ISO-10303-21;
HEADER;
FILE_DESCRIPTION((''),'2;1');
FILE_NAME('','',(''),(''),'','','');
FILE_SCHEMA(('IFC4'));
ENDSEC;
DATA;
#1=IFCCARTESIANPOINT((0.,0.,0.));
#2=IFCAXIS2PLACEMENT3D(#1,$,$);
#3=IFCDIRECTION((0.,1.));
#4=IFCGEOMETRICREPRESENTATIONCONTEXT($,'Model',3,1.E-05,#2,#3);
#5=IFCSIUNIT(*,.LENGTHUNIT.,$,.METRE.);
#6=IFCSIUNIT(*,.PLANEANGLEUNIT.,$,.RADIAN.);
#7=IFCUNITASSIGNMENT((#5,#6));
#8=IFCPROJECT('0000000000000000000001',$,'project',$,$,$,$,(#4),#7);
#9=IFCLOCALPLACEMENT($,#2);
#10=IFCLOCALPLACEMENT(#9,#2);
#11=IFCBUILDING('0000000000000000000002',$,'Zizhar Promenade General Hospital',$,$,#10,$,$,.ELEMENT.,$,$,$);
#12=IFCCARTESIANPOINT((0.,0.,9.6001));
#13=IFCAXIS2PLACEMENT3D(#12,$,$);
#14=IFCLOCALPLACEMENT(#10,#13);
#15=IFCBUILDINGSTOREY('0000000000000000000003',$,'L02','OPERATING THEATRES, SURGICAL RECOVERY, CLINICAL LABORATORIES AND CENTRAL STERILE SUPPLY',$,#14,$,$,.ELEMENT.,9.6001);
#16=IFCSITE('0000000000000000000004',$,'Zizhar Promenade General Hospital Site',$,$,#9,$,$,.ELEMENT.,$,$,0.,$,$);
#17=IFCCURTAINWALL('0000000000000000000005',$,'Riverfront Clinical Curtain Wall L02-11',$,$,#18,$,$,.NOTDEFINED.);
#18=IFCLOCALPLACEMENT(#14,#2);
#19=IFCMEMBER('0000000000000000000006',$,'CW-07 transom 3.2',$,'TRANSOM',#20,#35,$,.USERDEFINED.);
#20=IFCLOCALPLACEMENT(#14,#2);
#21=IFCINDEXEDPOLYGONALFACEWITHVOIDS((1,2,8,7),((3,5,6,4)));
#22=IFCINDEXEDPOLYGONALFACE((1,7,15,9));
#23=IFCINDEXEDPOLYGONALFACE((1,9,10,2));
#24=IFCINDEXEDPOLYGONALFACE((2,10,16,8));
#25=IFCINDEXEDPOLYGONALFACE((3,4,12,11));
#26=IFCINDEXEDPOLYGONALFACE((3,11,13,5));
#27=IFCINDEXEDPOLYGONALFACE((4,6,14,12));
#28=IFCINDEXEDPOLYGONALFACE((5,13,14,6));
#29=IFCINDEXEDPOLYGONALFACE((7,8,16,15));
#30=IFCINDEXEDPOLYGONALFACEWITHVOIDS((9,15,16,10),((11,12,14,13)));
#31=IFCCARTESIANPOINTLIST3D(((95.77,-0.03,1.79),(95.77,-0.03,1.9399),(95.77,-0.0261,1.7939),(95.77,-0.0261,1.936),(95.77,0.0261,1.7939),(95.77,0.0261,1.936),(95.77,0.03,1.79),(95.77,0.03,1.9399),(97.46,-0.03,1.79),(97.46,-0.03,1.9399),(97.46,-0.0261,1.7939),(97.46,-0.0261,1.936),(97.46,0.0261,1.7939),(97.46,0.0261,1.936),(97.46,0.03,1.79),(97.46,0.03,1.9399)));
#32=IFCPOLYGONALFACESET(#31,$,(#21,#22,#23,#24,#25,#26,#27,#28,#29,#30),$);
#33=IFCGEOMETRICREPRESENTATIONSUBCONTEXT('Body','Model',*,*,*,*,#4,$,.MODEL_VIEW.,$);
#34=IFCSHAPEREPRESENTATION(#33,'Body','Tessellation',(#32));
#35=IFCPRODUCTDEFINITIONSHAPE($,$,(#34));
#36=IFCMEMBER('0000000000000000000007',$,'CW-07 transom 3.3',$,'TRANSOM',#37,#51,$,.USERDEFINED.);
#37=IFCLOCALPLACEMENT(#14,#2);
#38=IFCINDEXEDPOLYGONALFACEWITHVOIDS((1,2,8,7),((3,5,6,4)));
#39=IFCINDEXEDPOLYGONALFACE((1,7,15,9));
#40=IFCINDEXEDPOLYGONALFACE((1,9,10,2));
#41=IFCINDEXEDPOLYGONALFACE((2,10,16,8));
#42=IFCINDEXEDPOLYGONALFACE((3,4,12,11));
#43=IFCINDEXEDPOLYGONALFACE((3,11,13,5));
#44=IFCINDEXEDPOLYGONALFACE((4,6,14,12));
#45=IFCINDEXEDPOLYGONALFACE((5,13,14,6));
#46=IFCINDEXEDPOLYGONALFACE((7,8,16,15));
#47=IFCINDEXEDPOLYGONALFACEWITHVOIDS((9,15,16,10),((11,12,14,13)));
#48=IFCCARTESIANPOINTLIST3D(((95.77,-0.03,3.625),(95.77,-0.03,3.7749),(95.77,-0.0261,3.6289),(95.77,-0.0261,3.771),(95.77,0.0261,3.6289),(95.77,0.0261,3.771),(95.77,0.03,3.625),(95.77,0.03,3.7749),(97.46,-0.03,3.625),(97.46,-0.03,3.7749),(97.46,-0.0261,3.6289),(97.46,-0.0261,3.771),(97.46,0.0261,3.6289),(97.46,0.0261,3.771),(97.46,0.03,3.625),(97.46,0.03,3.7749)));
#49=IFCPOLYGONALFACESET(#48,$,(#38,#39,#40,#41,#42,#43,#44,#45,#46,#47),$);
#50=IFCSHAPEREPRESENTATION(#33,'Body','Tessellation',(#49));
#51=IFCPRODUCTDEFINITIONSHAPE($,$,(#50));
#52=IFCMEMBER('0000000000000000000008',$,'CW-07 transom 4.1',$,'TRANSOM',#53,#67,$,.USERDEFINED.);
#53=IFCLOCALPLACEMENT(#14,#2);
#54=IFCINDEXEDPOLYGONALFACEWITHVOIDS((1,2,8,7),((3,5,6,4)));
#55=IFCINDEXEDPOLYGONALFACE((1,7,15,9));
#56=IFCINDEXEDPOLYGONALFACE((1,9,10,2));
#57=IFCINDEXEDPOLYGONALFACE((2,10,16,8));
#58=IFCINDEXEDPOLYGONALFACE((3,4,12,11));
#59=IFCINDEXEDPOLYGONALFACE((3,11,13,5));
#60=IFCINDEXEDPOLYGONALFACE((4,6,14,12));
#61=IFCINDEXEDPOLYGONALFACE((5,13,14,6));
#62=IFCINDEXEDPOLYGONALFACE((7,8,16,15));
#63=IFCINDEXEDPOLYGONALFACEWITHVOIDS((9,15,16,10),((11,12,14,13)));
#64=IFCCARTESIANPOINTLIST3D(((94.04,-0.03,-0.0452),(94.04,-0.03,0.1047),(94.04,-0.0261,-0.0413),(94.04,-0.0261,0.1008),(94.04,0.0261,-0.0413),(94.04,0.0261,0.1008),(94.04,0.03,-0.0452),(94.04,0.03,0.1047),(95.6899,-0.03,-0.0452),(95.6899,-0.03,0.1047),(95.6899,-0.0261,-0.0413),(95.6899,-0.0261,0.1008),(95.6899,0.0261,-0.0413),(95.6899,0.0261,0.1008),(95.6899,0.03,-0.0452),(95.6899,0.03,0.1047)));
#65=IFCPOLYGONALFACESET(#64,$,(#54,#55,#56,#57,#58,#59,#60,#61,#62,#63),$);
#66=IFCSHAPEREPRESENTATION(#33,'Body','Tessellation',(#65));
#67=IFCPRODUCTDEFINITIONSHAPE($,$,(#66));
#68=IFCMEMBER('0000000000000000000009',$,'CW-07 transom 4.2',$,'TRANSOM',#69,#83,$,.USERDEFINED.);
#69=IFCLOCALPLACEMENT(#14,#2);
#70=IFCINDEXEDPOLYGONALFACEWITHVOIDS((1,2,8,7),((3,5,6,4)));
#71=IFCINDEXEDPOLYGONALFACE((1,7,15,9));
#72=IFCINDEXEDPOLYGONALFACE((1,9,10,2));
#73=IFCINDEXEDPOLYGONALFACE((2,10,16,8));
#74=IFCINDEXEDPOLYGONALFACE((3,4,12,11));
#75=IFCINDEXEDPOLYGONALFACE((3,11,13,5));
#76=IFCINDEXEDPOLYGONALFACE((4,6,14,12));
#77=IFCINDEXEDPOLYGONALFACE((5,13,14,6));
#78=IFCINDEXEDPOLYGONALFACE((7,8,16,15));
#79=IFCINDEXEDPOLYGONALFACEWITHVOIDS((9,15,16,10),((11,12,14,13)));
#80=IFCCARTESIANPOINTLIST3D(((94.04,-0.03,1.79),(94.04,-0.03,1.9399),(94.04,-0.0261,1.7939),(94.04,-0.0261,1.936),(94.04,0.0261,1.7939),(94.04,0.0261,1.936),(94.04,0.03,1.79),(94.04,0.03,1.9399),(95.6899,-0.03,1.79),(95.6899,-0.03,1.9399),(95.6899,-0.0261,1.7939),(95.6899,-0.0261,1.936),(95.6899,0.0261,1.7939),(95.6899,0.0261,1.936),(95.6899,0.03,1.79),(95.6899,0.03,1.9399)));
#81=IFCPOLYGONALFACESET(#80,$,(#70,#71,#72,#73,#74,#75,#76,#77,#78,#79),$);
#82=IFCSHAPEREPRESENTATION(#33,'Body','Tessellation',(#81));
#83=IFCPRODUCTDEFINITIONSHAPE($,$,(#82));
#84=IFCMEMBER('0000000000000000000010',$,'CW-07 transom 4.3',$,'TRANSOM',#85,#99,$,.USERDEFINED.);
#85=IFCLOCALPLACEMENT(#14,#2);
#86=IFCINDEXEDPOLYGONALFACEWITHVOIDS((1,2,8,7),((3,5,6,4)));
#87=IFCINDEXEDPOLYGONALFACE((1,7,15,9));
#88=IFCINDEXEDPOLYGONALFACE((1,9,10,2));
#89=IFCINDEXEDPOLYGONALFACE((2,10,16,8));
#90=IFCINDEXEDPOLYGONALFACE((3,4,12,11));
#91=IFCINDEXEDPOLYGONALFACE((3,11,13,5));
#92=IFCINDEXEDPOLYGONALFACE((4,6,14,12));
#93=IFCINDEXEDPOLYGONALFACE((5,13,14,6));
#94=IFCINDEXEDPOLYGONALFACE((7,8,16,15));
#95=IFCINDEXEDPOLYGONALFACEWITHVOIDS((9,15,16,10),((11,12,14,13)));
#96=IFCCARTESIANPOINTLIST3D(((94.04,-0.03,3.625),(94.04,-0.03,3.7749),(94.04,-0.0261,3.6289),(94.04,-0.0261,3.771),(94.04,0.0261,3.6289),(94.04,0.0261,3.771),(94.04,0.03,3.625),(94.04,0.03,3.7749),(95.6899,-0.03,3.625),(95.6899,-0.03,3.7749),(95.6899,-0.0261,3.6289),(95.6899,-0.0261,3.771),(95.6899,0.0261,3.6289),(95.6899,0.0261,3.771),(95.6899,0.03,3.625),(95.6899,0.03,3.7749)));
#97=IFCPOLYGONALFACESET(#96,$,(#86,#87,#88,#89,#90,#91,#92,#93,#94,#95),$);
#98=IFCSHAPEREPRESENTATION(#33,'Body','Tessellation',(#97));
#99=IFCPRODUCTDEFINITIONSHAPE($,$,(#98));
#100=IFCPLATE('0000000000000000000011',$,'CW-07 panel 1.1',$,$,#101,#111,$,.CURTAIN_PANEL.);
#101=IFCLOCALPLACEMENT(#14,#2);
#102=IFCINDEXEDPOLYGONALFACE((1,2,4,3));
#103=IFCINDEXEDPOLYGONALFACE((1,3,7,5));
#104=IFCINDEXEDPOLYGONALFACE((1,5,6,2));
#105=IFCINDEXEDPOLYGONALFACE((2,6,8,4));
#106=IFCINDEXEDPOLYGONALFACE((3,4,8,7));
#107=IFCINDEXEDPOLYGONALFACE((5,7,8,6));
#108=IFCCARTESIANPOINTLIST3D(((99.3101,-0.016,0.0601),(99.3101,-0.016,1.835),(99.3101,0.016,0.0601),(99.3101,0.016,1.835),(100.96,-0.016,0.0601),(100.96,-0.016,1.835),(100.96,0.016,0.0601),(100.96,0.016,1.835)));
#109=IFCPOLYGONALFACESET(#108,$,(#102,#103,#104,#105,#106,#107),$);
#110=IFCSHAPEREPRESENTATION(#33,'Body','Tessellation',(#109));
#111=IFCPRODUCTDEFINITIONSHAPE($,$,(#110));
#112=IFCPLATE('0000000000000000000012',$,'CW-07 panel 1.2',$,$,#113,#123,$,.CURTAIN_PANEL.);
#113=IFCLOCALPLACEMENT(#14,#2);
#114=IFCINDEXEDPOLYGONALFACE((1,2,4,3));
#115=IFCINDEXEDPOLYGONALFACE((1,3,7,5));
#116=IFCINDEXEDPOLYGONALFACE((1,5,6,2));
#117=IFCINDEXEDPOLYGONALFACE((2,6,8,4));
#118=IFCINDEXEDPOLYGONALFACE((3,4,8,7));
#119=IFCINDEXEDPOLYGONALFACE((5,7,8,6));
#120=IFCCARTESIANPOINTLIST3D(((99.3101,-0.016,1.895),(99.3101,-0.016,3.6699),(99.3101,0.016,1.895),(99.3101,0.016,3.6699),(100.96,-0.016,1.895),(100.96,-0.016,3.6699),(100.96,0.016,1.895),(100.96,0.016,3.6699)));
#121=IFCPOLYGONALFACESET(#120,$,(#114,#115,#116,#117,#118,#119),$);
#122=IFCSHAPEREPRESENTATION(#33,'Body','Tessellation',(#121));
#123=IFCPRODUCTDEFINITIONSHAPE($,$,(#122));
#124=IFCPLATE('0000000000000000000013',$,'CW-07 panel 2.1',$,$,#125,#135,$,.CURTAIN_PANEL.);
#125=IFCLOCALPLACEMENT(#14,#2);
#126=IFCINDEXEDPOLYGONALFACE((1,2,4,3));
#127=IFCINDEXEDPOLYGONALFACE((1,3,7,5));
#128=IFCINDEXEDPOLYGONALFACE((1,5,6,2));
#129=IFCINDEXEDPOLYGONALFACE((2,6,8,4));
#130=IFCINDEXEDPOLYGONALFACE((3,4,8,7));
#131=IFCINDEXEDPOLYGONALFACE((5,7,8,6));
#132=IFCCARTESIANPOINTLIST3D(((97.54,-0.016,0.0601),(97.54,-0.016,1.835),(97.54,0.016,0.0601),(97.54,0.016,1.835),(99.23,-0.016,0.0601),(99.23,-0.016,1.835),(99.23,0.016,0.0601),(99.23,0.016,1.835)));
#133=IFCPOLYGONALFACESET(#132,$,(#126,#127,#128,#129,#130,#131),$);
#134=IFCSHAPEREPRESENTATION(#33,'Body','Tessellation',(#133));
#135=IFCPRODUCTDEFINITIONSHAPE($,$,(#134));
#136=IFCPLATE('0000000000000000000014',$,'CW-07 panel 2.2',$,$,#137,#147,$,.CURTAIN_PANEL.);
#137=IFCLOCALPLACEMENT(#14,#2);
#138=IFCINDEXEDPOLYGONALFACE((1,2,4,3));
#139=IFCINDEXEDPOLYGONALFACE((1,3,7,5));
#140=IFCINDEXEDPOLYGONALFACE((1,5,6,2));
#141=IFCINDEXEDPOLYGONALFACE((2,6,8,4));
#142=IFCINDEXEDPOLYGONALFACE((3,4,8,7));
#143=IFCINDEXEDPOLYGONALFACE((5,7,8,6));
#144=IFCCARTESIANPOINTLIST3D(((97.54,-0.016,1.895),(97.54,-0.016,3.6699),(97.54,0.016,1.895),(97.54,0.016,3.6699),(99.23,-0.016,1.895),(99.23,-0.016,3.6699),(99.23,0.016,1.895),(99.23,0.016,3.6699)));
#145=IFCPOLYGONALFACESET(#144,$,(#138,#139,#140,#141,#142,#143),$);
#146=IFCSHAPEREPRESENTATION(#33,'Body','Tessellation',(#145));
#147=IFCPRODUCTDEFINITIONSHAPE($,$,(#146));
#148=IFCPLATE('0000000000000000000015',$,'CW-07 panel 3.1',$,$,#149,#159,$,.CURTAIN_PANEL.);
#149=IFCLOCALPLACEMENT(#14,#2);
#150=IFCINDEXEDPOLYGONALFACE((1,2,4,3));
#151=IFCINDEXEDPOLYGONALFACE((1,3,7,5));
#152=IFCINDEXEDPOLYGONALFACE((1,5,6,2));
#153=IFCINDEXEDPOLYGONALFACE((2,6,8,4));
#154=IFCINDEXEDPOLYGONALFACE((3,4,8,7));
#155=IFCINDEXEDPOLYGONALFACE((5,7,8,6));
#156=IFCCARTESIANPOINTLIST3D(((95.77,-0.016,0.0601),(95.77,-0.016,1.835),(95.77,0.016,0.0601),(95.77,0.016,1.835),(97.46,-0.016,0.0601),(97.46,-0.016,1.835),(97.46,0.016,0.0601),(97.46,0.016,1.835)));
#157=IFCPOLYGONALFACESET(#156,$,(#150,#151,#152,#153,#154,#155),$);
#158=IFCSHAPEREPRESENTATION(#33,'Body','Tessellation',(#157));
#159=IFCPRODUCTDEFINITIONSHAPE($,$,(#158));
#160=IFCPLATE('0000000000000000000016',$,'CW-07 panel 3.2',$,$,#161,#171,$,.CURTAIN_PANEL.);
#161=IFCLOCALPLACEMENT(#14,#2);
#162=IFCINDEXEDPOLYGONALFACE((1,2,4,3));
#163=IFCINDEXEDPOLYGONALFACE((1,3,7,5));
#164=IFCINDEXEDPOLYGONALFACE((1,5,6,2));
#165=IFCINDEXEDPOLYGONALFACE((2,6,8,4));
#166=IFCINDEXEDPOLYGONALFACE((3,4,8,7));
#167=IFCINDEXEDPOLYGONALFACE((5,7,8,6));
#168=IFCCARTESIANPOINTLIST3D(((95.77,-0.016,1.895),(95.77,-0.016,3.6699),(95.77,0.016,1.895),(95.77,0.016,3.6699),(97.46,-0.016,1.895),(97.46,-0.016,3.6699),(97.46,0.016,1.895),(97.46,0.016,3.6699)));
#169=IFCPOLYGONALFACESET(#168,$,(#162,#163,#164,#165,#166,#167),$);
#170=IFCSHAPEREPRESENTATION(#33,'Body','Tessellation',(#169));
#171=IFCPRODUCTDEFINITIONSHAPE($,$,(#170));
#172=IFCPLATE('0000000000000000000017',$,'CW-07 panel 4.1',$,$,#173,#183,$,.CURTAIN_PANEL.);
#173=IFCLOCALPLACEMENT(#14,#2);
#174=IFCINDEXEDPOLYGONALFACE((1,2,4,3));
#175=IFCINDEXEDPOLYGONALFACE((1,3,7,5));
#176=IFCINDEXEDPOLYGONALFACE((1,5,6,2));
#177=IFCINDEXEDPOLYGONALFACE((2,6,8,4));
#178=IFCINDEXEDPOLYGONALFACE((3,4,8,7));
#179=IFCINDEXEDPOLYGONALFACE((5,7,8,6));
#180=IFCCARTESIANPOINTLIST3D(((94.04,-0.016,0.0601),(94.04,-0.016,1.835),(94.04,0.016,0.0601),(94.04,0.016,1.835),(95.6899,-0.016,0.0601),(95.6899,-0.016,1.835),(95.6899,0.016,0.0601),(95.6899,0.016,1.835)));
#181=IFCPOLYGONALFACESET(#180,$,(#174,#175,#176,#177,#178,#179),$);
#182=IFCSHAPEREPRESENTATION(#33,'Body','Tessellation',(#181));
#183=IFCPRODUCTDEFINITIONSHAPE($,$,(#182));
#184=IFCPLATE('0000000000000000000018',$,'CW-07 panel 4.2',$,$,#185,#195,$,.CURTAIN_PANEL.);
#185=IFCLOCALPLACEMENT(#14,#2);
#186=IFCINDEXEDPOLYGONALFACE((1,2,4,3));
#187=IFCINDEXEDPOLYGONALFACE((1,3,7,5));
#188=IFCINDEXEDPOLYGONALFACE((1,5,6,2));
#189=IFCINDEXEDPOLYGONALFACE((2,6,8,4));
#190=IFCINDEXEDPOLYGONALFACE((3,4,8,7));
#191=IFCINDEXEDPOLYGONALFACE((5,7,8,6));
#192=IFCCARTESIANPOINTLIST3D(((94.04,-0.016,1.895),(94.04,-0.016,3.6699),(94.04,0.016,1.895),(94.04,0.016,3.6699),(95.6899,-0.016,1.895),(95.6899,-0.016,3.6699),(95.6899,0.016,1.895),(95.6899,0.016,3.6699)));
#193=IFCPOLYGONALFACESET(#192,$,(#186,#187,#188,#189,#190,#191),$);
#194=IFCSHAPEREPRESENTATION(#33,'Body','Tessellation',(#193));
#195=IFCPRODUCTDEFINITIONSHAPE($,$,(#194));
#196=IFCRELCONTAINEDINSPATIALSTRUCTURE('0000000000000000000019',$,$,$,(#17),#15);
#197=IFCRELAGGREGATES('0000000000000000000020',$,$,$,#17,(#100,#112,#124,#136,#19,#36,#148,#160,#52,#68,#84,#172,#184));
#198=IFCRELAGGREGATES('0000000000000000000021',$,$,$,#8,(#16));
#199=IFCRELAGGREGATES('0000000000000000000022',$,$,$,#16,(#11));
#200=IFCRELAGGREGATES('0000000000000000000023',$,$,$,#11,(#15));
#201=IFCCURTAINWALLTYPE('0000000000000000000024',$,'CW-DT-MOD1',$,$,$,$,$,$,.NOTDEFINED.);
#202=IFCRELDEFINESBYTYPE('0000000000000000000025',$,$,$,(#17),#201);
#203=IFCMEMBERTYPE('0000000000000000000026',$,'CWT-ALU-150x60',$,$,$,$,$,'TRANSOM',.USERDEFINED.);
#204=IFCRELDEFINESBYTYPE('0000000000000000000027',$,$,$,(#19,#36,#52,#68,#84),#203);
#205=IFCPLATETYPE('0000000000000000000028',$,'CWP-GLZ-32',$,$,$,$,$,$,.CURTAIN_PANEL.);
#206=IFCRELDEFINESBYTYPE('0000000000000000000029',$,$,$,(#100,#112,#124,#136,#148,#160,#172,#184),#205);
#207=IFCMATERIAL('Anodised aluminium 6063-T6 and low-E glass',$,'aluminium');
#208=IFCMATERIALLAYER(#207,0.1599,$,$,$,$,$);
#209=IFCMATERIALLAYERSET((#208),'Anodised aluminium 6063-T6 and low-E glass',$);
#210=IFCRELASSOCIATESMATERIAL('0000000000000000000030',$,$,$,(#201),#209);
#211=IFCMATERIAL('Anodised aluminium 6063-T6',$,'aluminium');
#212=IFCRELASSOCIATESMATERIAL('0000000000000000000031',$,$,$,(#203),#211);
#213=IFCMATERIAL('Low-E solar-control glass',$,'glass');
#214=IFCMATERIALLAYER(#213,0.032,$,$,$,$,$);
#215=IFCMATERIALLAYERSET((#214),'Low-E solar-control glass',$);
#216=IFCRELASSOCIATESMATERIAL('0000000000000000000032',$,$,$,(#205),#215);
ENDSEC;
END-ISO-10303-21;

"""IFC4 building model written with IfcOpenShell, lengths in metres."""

from ifc_helpers import new_model, si_unit, direction, frame, origin, origin_2d, place, context, subcontext, project, spatial, rectangle, hollow_rectangle, extrude, material, layer, layer_set, material_profile, profile_set, type_object, element, aggregate, save


model = new_model("IFC4")

# Units and contexts
model_context = context("Model", 3, precision=1e-05, world=origin(), true_north=direction((0.0, 1.0)))
body_context = subcontext(model_context, "Body", "Model", "MODEL_VIEW")
ifc_project = project(units=[si_unit("LENGTHUNIT", "METRE"), si_unit("PLANEANGLEUNIT", "RADIAN")], contexts=[model_context])

# Site, building, storey
site_placement = place(None, origin())
site = spatial("IfcSite", under=ifc_project, at=site_placement, Name="Zizhar Promenade General Hospital Site", CompositionType="ELEMENT", RefElevation=0.0)
building_placement = place(site_placement, origin())
building = spatial("IfcBuilding", under=site, at=building_placement, Name="Zizhar Promenade General Hospital", CompositionType="ELEMENT")
storey_placement = place(building_placement, frame((0.0, 0.0, 9.6001)))
storey = spatial("IfcBuildingStorey", under=building, at=storey_placement, Name="L02", Description="OPERATING THEATRES, SURGICAL RECOVERY, CLINICAL LABORATORIES AND CENTRAL STERILE SUPPLY", CompositionType="ELEMENT", Elevation=9.6001)

# Curtain wall, members, plates
ifc_material_1 = material(Name="Anodised aluminium 6063-T6 and low-E glass", Category="aluminium")
ifc_layer_1 = layer(ifc_material_1, 0.1599)
ifc_layer_set_1 = layer_set([ifc_layer_1], Name="Anodised aluminium 6063-T6 and low-E glass")
curtain_wall_type = type_object("IfcCurtainWallType", Name="CW-DT-MOD1", PredefinedType="NOTDEFINED", material=ifc_layer_set_1)
curtain_wall_placement = place(storey_placement, origin())
curtain_wall = element("IfcCurtainWall", 1, at=curtain_wall_placement, inside=storey, type_object=curtain_wall_type, Name="Riverfront Clinical Curtain Wall L02-11", PredefinedType="NOTDEFINED")
ifc_material_2 = material(Name="Anodised aluminium 6063-T6", Category="aluminium")
ifc_material_profile_1 = material_profile(ifc_material_2, hollow_rectangle(XDim=0.0601, YDim=0.1499, WallThickness=0.0039, at=origin_2d()))
ifc_profile_set_1 = profile_set([ifc_material_profile_1], Name="Anodised aluminium 6063-T6")
member_type_1 = type_object("IfcMemberType", Name="CWT-ALU-150x60", ElementType="TRANSOM", PredefinedType="USERDEFINED", material=ifc_profile_set_1)
member_1_placement = place(storey_placement, frame((97.46, 0.0, 1.865), z_axis=(-1.0, 0.0, 0.0), x_axis=(0.0, -1.0, 0.0)))
member_1 = element("IfcMember", 2, at=member_1_placement, type_object=member_type_1, Name="CW-07 transom 3.2", ObjectType="TRANSOM", PredefinedType="USERDEFINED", context=body_context, shape_type="SweptSolid", body=[
    extrude(hollow_rectangle(XDim=0.0601, YDim=0.1499, WallThickness=0.0039, at=origin_2d()), origin(), (0.0, 0.0, 1.0), 1.6899),
])
member_2_placement = place(storey_placement, frame((97.46, 0.0, 3.7), z_axis=(-1.0, 0.0, 0.0), x_axis=(0.0, -1.0, 0.0)))
member_2 = element("IfcMember", 3, at=member_2_placement, type_object=member_type_1, Name="CW-07 transom 3.3", ObjectType="TRANSOM", PredefinedType="USERDEFINED", context=body_context, shape_type="SweptSolid", body=[
    extrude(hollow_rectangle(XDim=0.0601, YDim=0.1499, WallThickness=0.0039, at=origin_2d()), origin(), (0.0, 0.0, 1.0), 1.6899),
])
member_3_placement = place(storey_placement, frame((95.6899, 0.0, 0.0298), z_axis=(-1.0, 0.0, 0.0), x_axis=(0.0, -1.0, 0.0)))
member_3 = element("IfcMember", 4, at=member_3_placement, type_object=member_type_1, Name="CW-07 transom 4.1", ObjectType="TRANSOM", PredefinedType="USERDEFINED", context=body_context, shape_type="SweptSolid", body=[
    extrude(hollow_rectangle(XDim=0.0601, YDim=0.1499, WallThickness=0.0039, at=origin_2d()), origin(), (0.0, 0.0, 1.0), 1.6499),
])
member_4_placement = place(storey_placement, frame((95.6899, 0.0, 1.865), z_axis=(-1.0, 0.0, 0.0), x_axis=(0.0, -1.0, 0.0)))
member_4 = element("IfcMember", 5, at=member_4_placement, type_object=member_type_1, Name="CW-07 transom 4.2", ObjectType="TRANSOM", PredefinedType="USERDEFINED", context=body_context, shape_type="SweptSolid", body=[
    extrude(hollow_rectangle(XDim=0.0601, YDim=0.1499, WallThickness=0.0039, at=origin_2d()), origin(), (0.0, 0.0, 1.0), 1.6499),
])
member_5_placement = place(storey_placement, frame((95.6899, 0.0, 3.7), z_axis=(-1.0, 0.0, 0.0), x_axis=(0.0, -1.0, 0.0)))
member_5 = element("IfcMember", 6, at=member_5_placement, type_object=member_type_1, Name="CW-07 transom 4.3", ObjectType="TRANSOM", PredefinedType="USERDEFINED", context=body_context, shape_type="SweptSolid", body=[
    extrude(hollow_rectangle(XDim=0.0601, YDim=0.1499, WallThickness=0.0039, at=origin_2d()), origin(), (0.0, 0.0, 1.0), 1.6499),
])
ifc_material_3 = material(Name="Low-E solar-control glass", Category="glass")
ifc_layer_2 = layer(ifc_material_3, 0.032)
ifc_layer_set_2 = layer_set([ifc_layer_2], Name="Low-E solar-control glass")
plate_type = type_object("IfcPlateType", Name="CWP-GLZ-32", PredefinedType="CURTAIN_PANEL", material=ifc_layer_set_2)
plate_1_placement = place(storey_placement, frame((100.135, 0.0, 0.0601), z_axis=(0.0, 0.0, 1.0), x_axis=(-1.0, 0.0, 0.0)))
plate_1 = element("IfcPlate", 7, at=plate_1_placement, type_object=plate_type, Name="CW-07 panel 1.1", PredefinedType="CURTAIN_PANEL", context=body_context, shape_type="SweptSolid", body=[
    extrude(rectangle(XDim=1.6499, YDim=0.032, at=origin_2d()), origin(), (0.0, 0.0, 1.0), 1.7749),
])
plate_2_placement = place(storey_placement, frame((100.135, 0.0, 1.895), z_axis=(0.0, 0.0, 1.0), x_axis=(-1.0, 0.0, 0.0)))
plate_2 = element("IfcPlate", 8, at=plate_2_placement, type_object=plate_type, Name="CW-07 panel 1.2", PredefinedType="CURTAIN_PANEL", context=body_context, shape_type="SweptSolid", body=[
    extrude(rectangle(XDim=1.6499, YDim=0.032, at=origin_2d()), origin(), (0.0, 0.0, 1.0), 1.7749),
])
plate_3_placement = place(storey_placement, frame((98.385, 0.0, 0.0601), z_axis=(0.0, 0.0, 1.0), x_axis=(-1.0, 0.0, 0.0)))
plate_3 = element("IfcPlate", 9, at=plate_3_placement, type_object=plate_type, Name="CW-07 panel 2.1", PredefinedType="CURTAIN_PANEL", context=body_context, shape_type="SweptSolid", body=[
    extrude(rectangle(XDim=1.6899, YDim=0.032, at=origin_2d()), origin(), (0.0, 0.0, 1.0), 1.7749),
])
plate_4_placement = place(storey_placement, frame((98.385, 0.0, 1.895), z_axis=(0.0, 0.0, 1.0), x_axis=(-1.0, 0.0, 0.0)))
plate_4 = element("IfcPlate", 10, at=plate_4_placement, type_object=plate_type, Name="CW-07 panel 2.2", PredefinedType="CURTAIN_PANEL", context=body_context, shape_type="SweptSolid", body=[
    extrude(rectangle(XDim=1.6899, YDim=0.032, at=origin_2d()), origin(), (0.0, 0.0, 1.0), 1.7749),
])
plate_5_placement = place(storey_placement, frame((96.615, 0.0, 0.0601), z_axis=(0.0, 0.0, 1.0), x_axis=(-1.0, 0.0, 0.0)))
plate_5 = element("IfcPlate", 11, at=plate_5_placement, type_object=plate_type, Name="CW-07 panel 3.1", PredefinedType="CURTAIN_PANEL", context=body_context, shape_type="SweptSolid", body=[
    extrude(rectangle(XDim=1.6899, YDim=0.032, at=origin_2d()), origin(), (0.0, 0.0, 1.0), 1.7749),
])
plate_6_placement = place(storey_placement, frame((96.615, 0.0, 1.895), z_axis=(0.0, 0.0, 1.0), x_axis=(-1.0, 0.0, 0.0)))
plate_6 = element("IfcPlate", 12, at=plate_6_placement, type_object=plate_type, Name="CW-07 panel 3.2", PredefinedType="CURTAIN_PANEL", context=body_context, shape_type="SweptSolid", body=[
    extrude(rectangle(XDim=1.6899, YDim=0.032, at=origin_2d()), origin(), (0.0, 0.0, 1.0), 1.7749),
])
plate_7_placement = place(storey_placement, frame((94.865, 0.0, 0.0601), z_axis=(0.0, 0.0, 1.0), x_axis=(-1.0, 0.0, 0.0)))
plate_7 = element("IfcPlate", 13, at=plate_7_placement, type_object=plate_type, Name="CW-07 panel 4.1", PredefinedType="CURTAIN_PANEL", context=body_context, shape_type="SweptSolid", body=[
    extrude(rectangle(XDim=1.6499, YDim=0.032, at=origin_2d()), origin(), (0.0, 0.0, 1.0), 1.7749),
])
plate_8_placement = place(storey_placement, frame((94.865, 0.0, 1.895), z_axis=(0.0, 0.0, 1.0), x_axis=(-1.0, 0.0, 0.0)))
plate_8 = element("IfcPlate", 14, at=plate_8_placement, type_object=plate_type, Name="CW-07 panel 4.2", PredefinedType="CURTAIN_PANEL", context=body_context, shape_type="SweptSolid", body=[
    extrude(rectangle(XDim=1.6499, YDim=0.032, at=origin_2d()), origin(), (0.0, 0.0, 1.0), 1.7749),
])
aggregate(curtain_wall, [plate_1, plate_2, plate_3, plate_4, member_1, member_2, plate_5, plate_6, member_3, member_4, member_5, plate_7, plate_8])

save(model, "model.ifc")
